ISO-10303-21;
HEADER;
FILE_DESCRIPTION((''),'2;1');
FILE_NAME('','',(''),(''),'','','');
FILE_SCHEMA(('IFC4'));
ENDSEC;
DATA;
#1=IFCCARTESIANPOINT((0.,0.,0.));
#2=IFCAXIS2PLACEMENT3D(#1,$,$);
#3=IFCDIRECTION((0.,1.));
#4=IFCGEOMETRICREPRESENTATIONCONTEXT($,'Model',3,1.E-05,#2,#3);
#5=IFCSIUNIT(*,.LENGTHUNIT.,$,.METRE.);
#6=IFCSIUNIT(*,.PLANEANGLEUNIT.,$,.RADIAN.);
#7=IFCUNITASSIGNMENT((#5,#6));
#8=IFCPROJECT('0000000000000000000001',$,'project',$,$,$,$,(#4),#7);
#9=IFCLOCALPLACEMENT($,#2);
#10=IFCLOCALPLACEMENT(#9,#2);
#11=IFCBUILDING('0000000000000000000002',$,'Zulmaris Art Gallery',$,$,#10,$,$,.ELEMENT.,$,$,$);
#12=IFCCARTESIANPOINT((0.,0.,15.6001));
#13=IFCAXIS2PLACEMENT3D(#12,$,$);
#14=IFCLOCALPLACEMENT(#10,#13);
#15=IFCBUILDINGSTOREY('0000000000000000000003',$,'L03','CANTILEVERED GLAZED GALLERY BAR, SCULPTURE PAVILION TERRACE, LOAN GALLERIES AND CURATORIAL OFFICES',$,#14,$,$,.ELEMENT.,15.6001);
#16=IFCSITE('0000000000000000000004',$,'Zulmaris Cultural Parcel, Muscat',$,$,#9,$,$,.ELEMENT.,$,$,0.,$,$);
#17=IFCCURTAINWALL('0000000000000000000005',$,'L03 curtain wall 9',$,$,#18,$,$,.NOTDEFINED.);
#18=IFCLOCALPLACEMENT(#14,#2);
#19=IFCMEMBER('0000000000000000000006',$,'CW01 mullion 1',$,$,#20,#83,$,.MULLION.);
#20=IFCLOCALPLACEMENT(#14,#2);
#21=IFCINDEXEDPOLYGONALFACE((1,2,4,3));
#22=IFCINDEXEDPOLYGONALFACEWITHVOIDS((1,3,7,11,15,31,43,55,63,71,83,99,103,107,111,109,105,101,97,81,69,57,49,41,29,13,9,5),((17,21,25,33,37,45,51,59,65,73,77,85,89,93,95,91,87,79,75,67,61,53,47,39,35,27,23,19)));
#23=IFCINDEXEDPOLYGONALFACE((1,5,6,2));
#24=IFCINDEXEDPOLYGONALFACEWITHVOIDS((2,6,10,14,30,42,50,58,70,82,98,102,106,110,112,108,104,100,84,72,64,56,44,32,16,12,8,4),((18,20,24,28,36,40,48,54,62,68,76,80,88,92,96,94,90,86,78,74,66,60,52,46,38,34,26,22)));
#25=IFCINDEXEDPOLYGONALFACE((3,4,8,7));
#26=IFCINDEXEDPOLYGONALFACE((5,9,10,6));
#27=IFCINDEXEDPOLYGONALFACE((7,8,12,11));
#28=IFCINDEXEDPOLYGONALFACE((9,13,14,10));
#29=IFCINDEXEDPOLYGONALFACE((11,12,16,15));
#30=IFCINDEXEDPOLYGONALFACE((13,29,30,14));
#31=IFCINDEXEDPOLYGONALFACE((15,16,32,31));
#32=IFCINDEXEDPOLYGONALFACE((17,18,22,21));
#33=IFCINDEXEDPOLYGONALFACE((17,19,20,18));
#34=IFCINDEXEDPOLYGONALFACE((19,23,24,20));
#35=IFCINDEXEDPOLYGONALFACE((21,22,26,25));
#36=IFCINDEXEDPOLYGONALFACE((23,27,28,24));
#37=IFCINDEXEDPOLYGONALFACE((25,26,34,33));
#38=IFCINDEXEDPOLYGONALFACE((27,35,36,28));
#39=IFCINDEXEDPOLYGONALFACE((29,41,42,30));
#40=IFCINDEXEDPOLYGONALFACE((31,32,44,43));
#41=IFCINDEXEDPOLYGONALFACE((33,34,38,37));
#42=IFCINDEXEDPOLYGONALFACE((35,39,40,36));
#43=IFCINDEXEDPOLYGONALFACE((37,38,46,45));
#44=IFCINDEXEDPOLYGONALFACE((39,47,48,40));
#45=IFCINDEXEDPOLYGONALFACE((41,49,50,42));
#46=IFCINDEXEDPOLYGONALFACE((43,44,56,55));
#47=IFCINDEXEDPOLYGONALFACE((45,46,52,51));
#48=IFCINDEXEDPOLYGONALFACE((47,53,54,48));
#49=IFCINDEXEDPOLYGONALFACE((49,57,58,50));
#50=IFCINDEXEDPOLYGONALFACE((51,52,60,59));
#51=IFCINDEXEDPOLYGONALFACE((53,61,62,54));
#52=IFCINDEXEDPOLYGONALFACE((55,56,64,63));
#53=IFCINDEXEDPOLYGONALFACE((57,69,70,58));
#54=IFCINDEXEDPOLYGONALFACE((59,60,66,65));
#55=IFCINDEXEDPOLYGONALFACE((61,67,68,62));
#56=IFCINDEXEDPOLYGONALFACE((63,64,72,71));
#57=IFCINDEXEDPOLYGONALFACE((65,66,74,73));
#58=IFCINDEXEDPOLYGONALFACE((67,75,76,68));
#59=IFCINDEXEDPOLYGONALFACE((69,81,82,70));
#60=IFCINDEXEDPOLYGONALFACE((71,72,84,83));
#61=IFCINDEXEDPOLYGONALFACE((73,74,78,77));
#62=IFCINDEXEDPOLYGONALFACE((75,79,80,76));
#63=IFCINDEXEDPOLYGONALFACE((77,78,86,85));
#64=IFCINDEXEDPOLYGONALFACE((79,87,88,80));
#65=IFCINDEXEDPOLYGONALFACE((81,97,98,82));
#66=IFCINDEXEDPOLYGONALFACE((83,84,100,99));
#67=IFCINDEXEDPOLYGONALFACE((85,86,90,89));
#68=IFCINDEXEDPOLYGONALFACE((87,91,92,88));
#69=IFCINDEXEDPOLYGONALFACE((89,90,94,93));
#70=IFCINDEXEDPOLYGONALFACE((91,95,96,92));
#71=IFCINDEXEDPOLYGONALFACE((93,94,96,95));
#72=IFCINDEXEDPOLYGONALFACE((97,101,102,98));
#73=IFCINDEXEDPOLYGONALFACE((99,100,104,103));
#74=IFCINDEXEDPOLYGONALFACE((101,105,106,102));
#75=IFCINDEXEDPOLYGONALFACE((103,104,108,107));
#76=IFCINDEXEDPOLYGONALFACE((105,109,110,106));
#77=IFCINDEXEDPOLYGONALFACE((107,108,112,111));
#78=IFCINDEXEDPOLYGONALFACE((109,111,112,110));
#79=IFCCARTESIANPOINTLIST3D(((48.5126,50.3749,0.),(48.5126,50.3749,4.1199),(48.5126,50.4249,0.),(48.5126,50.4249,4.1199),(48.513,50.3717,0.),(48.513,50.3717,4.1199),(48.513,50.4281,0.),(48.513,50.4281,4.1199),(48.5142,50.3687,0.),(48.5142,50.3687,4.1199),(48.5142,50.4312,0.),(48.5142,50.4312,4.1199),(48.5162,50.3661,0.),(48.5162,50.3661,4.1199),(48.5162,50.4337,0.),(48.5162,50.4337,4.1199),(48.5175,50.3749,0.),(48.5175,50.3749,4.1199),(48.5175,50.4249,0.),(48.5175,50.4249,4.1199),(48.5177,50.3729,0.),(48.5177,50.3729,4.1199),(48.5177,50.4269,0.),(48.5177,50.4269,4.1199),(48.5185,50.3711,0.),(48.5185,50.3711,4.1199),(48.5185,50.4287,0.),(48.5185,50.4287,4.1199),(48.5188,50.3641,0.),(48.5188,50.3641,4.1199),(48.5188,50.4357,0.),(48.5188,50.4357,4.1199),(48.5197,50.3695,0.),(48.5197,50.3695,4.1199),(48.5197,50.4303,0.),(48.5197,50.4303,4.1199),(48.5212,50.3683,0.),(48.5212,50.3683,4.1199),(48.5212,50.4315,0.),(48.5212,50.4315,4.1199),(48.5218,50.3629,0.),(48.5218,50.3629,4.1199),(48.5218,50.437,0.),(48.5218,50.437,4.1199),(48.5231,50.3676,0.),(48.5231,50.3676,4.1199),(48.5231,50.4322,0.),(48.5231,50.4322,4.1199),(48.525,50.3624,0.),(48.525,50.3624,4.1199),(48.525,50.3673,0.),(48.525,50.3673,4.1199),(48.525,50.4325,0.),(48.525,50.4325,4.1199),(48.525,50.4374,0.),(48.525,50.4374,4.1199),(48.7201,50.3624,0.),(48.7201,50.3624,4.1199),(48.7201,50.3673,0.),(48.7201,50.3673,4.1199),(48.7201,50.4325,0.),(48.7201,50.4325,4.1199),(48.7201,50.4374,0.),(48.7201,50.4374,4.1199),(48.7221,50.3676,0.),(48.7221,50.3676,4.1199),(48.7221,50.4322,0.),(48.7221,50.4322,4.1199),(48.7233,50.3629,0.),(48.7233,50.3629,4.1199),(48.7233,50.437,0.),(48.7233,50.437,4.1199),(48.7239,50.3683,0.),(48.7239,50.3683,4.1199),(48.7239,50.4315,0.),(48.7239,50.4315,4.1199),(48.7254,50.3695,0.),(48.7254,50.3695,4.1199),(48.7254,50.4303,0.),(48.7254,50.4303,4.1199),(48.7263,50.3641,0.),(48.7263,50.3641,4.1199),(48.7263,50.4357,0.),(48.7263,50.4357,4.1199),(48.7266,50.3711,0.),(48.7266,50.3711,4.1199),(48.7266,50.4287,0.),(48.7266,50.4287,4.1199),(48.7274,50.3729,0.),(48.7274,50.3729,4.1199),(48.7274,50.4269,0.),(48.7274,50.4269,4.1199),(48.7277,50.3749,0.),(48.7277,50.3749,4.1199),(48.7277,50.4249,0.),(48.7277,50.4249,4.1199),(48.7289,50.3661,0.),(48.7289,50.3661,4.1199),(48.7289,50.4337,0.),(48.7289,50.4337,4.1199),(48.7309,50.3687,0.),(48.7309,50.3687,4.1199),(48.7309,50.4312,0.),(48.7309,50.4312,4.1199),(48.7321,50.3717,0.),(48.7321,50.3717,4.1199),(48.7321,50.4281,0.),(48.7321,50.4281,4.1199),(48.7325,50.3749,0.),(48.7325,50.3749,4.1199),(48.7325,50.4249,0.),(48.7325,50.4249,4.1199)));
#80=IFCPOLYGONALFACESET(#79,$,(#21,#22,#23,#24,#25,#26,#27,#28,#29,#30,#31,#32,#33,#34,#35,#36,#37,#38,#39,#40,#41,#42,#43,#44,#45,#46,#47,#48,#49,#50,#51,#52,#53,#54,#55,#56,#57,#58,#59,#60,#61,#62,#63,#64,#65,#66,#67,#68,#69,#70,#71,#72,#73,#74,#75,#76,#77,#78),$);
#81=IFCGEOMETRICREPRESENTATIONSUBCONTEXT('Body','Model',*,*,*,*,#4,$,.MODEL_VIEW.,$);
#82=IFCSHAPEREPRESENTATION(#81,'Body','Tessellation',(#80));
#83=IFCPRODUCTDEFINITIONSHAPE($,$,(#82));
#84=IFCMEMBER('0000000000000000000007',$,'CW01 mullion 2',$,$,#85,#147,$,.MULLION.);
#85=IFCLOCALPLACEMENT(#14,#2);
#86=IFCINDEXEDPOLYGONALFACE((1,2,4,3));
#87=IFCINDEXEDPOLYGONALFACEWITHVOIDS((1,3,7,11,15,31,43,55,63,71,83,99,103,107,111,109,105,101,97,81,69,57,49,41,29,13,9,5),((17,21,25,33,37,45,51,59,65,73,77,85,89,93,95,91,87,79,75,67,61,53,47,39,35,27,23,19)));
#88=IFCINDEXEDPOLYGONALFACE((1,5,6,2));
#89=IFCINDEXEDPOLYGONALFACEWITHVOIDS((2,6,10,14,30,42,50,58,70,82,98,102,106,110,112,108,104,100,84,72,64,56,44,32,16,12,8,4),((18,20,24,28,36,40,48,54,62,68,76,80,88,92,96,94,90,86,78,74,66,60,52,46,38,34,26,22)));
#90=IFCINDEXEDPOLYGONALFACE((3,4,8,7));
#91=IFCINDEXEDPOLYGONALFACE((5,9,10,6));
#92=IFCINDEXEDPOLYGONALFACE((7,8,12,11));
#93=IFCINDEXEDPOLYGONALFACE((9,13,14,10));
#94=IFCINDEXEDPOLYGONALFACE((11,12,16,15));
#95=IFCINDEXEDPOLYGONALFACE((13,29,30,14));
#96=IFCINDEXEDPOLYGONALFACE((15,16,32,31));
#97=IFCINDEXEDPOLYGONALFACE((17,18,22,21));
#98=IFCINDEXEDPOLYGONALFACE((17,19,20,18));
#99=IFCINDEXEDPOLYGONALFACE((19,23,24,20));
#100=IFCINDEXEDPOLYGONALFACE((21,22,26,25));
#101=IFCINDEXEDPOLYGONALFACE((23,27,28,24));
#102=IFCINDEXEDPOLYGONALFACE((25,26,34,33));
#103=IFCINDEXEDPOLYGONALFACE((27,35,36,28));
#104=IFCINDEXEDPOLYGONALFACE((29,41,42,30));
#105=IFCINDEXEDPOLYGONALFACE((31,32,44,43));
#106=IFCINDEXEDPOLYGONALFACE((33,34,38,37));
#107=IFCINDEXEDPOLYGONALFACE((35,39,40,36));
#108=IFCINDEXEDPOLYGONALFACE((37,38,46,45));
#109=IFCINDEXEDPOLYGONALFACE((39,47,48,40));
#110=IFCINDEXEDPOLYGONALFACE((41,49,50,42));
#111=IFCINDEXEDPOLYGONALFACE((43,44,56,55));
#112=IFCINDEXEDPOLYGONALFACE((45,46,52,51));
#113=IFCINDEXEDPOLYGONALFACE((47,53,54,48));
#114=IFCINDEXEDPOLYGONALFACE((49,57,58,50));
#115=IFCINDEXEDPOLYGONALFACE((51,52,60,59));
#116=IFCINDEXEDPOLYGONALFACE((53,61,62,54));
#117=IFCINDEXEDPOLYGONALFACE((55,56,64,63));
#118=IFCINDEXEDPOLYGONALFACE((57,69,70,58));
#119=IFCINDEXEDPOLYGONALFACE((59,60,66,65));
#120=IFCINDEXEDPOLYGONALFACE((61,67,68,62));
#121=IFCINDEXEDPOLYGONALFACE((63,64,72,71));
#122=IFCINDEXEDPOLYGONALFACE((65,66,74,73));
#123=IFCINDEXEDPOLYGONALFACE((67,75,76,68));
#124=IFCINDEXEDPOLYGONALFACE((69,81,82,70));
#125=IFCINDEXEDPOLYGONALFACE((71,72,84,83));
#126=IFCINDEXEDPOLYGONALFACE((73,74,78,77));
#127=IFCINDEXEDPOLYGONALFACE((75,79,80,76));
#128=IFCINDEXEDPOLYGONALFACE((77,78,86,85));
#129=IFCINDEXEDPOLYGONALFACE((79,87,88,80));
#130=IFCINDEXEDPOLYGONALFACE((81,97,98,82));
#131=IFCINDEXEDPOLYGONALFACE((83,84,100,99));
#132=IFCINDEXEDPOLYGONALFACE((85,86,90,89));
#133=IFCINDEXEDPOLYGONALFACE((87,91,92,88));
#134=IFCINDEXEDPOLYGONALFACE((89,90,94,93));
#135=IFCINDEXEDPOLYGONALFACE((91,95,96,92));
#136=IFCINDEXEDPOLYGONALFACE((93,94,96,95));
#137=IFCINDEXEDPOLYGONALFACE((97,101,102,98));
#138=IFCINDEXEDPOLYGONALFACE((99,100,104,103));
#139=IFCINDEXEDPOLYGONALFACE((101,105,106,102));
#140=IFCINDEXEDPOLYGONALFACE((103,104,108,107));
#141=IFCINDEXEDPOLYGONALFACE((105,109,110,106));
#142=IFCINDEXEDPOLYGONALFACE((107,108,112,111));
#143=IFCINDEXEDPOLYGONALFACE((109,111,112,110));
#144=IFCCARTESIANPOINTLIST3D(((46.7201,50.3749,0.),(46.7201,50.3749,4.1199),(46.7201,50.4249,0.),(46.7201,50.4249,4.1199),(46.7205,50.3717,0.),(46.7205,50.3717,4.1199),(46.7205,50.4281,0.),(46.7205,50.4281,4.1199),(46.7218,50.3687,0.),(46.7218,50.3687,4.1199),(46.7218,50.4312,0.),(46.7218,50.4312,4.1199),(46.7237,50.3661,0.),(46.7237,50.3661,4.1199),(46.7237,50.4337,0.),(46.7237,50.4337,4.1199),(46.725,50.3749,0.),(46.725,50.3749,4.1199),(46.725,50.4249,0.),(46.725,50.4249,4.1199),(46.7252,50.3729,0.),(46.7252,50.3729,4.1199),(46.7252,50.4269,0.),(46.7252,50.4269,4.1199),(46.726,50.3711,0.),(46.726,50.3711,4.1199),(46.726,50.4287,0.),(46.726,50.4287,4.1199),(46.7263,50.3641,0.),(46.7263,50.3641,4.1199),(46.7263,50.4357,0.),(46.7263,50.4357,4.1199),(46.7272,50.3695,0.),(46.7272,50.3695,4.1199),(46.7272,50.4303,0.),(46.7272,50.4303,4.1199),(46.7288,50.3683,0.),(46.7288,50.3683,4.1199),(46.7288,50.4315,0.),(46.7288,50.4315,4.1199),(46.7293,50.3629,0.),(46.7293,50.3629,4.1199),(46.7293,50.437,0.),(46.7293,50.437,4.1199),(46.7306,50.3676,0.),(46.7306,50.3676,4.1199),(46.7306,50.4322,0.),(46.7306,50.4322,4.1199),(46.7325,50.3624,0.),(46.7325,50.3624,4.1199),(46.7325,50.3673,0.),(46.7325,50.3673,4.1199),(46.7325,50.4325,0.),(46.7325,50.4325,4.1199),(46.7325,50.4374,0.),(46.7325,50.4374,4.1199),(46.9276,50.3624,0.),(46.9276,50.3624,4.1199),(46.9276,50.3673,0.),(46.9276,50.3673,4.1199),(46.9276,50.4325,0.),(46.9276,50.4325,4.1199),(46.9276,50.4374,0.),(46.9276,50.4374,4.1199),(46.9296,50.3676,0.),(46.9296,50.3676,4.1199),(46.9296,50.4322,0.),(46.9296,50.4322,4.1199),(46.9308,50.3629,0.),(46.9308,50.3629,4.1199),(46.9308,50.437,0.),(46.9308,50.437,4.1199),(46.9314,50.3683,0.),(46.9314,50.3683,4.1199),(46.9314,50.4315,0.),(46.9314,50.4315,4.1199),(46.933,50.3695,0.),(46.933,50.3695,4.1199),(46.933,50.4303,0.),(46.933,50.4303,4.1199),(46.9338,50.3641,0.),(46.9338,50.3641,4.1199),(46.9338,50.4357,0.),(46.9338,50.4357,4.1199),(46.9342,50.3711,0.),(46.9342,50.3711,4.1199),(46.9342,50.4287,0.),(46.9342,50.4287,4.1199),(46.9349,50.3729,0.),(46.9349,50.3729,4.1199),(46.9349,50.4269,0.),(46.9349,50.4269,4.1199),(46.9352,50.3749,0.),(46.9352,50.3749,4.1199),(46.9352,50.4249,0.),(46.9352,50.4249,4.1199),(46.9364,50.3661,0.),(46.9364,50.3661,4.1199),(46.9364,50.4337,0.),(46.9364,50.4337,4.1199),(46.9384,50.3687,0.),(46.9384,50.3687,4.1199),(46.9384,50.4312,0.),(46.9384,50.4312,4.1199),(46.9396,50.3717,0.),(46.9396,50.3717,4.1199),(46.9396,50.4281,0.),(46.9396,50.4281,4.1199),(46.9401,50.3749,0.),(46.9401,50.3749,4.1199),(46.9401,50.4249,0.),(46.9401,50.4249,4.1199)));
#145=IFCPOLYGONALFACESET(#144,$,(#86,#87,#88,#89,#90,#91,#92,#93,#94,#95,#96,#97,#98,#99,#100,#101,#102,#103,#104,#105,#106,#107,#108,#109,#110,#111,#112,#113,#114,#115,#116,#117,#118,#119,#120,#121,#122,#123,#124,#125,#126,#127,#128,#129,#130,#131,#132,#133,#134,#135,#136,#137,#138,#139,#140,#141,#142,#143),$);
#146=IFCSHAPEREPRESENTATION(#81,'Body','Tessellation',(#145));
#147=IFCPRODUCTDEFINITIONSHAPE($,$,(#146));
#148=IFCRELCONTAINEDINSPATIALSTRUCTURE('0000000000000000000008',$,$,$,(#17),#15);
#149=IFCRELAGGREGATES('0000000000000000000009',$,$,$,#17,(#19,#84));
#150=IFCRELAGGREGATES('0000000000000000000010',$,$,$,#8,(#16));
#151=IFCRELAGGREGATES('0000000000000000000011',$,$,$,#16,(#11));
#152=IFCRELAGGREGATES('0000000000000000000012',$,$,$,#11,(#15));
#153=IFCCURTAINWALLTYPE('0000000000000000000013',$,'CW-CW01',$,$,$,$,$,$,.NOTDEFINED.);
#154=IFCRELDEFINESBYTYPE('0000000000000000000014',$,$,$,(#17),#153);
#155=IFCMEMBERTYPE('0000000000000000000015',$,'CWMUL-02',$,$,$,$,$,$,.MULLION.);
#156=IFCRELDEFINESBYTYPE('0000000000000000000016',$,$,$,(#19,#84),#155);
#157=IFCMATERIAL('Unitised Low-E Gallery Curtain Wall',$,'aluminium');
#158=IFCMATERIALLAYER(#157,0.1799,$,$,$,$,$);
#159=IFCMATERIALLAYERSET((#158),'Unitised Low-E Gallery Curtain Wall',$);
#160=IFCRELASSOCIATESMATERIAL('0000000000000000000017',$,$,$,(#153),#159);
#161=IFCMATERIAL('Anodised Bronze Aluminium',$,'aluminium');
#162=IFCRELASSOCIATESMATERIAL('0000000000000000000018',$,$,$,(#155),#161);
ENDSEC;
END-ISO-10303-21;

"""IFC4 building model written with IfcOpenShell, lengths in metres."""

from ifc_helpers import new_model, si_unit, direction, frame, origin, origin_2d, place, context, subcontext, project, spatial, hollow_rectangle, extrude, material, layer, layer_set, material_profile, profile_set, type_object, element, aggregate, save


model = new_model("IFC4")

# Units and contexts
model_context = context("Model", 3, precision=1e-05, world=origin(), true_north=direction((0.0, 1.0)))
body_context = subcontext(model_context, "Body", "Model", "MODEL_VIEW")
ifc_project = project(units=[si_unit("LENGTHUNIT", "METRE"), si_unit("PLANEANGLEUNIT", "RADIAN")], contexts=[model_context])

# Site, building, storey
site_placement = place(None, origin())
site = spatial("IfcSite", under=ifc_project, at=site_placement, Name="Zulmaris Cultural Parcel, Muscat", CompositionType="ELEMENT", RefElevation=0.0)
building_placement = place(site_placement, origin())
building = spatial("IfcBuilding", under=site, at=building_placement, Name="Zulmaris Art Gallery", CompositionType="ELEMENT")
storey_placement = place(building_placement, frame((0.0, 0.0, 15.6001)))
storey = spatial("IfcBuildingStorey", under=building, at=storey_placement, Name="L03", Description="CANTILEVERED GLAZED GALLERY BAR, SCULPTURE PAVILION TERRACE, LOAN GALLERIES AND CURATORIAL OFFICES", CompositionType="ELEMENT", Elevation=15.6001)

# Shared definitions
ifc_material_1 = material(Name="Unitised Low-E Gallery Curtain Wall", Category="aluminium")
ifc_layer_1 = layer(ifc_material_1, 0.1799)
ifc_layer_set_1 = layer_set([ifc_layer_1], Name="Unitised Low-E Gallery Curtain Wall")
curtain_wall_type = type_object("IfcCurtainWallType", Name="CW-CW01", PredefinedType="NOTDEFINED", material=ifc_layer_set_1)
ifc_material_2 = material(Name="Anodised Bronze Aluminium", Category="aluminium")
ifc_material_profile_1 = material_profile(ifc_material_2, hollow_rectangle(XDim=0.075, YDim=0.22, WallThickness=0.0049, InnerFilletRadius=0.0076, OuterFilletRadius=0.0125, at=origin_2d()), Name="ALU 75x220x5")
ifc_profile_set_1 = profile_set([ifc_material_profile_1], Name="Anodised Bronze Aluminium")
member_type_1 = type_object("IfcMemberType", Name="CWMUL-02", PredefinedType="MULLION", material=ifc_profile_set_1)

# Curtain wall, members
curtain_wall_1_placement = place(storey_placement, origin())
curtain_wall_1 = element("IfcCurtainWall", 1, at=curtain_wall_1_placement, inside=storey, type_object=curtain_wall_type, Name="L03 curtain wall 9", PredefinedType="NOTDEFINED")
member_1_placement = place(storey_placement, frame((48.6226, 50.3999, 0.0), z_axis=(0.0, 0.0, 1.0), x_axis=(0.0, -1.0, 0.0)))
member_1 = element("IfcMember", 2, at=member_1_placement, type_object=member_type_1, Name="CW01 mullion 1", PredefinedType="MULLION", context=body_context, shape_type="SweptSolid", body=[
    extrude(hollow_rectangle(XDim=0.075, YDim=0.22, WallThickness=0.0049, InnerFilletRadius=0.0076, OuterFilletRadius=0.0125, at=origin_2d()), origin(), (0.0, 0.0, 1.0), 4.1199),
])
member_2_placement = place(storey_placement, frame((46.8301, 50.3999, 0.0), z_axis=(0.0, 0.0, 1.0), x_axis=(0.0, -1.0, 0.0)))
member_2 = element("IfcMember", 3, at=member_2_placement, type_object=member_type_1, Name="CW01 mullion 2", PredefinedType="MULLION", context=body_context, shape_type="SweptSolid", body=[
    extrude(hollow_rectangle(XDim=0.075, YDim=0.22, WallThickness=0.0049, InnerFilletRadius=0.0076, OuterFilletRadius=0.0125, at=origin_2d()), origin(), (0.0, 0.0, 1.0), 4.1199),
])

aggregate(curtain_wall_1, [member_1, member_2])

save(model, "model.ifc")
